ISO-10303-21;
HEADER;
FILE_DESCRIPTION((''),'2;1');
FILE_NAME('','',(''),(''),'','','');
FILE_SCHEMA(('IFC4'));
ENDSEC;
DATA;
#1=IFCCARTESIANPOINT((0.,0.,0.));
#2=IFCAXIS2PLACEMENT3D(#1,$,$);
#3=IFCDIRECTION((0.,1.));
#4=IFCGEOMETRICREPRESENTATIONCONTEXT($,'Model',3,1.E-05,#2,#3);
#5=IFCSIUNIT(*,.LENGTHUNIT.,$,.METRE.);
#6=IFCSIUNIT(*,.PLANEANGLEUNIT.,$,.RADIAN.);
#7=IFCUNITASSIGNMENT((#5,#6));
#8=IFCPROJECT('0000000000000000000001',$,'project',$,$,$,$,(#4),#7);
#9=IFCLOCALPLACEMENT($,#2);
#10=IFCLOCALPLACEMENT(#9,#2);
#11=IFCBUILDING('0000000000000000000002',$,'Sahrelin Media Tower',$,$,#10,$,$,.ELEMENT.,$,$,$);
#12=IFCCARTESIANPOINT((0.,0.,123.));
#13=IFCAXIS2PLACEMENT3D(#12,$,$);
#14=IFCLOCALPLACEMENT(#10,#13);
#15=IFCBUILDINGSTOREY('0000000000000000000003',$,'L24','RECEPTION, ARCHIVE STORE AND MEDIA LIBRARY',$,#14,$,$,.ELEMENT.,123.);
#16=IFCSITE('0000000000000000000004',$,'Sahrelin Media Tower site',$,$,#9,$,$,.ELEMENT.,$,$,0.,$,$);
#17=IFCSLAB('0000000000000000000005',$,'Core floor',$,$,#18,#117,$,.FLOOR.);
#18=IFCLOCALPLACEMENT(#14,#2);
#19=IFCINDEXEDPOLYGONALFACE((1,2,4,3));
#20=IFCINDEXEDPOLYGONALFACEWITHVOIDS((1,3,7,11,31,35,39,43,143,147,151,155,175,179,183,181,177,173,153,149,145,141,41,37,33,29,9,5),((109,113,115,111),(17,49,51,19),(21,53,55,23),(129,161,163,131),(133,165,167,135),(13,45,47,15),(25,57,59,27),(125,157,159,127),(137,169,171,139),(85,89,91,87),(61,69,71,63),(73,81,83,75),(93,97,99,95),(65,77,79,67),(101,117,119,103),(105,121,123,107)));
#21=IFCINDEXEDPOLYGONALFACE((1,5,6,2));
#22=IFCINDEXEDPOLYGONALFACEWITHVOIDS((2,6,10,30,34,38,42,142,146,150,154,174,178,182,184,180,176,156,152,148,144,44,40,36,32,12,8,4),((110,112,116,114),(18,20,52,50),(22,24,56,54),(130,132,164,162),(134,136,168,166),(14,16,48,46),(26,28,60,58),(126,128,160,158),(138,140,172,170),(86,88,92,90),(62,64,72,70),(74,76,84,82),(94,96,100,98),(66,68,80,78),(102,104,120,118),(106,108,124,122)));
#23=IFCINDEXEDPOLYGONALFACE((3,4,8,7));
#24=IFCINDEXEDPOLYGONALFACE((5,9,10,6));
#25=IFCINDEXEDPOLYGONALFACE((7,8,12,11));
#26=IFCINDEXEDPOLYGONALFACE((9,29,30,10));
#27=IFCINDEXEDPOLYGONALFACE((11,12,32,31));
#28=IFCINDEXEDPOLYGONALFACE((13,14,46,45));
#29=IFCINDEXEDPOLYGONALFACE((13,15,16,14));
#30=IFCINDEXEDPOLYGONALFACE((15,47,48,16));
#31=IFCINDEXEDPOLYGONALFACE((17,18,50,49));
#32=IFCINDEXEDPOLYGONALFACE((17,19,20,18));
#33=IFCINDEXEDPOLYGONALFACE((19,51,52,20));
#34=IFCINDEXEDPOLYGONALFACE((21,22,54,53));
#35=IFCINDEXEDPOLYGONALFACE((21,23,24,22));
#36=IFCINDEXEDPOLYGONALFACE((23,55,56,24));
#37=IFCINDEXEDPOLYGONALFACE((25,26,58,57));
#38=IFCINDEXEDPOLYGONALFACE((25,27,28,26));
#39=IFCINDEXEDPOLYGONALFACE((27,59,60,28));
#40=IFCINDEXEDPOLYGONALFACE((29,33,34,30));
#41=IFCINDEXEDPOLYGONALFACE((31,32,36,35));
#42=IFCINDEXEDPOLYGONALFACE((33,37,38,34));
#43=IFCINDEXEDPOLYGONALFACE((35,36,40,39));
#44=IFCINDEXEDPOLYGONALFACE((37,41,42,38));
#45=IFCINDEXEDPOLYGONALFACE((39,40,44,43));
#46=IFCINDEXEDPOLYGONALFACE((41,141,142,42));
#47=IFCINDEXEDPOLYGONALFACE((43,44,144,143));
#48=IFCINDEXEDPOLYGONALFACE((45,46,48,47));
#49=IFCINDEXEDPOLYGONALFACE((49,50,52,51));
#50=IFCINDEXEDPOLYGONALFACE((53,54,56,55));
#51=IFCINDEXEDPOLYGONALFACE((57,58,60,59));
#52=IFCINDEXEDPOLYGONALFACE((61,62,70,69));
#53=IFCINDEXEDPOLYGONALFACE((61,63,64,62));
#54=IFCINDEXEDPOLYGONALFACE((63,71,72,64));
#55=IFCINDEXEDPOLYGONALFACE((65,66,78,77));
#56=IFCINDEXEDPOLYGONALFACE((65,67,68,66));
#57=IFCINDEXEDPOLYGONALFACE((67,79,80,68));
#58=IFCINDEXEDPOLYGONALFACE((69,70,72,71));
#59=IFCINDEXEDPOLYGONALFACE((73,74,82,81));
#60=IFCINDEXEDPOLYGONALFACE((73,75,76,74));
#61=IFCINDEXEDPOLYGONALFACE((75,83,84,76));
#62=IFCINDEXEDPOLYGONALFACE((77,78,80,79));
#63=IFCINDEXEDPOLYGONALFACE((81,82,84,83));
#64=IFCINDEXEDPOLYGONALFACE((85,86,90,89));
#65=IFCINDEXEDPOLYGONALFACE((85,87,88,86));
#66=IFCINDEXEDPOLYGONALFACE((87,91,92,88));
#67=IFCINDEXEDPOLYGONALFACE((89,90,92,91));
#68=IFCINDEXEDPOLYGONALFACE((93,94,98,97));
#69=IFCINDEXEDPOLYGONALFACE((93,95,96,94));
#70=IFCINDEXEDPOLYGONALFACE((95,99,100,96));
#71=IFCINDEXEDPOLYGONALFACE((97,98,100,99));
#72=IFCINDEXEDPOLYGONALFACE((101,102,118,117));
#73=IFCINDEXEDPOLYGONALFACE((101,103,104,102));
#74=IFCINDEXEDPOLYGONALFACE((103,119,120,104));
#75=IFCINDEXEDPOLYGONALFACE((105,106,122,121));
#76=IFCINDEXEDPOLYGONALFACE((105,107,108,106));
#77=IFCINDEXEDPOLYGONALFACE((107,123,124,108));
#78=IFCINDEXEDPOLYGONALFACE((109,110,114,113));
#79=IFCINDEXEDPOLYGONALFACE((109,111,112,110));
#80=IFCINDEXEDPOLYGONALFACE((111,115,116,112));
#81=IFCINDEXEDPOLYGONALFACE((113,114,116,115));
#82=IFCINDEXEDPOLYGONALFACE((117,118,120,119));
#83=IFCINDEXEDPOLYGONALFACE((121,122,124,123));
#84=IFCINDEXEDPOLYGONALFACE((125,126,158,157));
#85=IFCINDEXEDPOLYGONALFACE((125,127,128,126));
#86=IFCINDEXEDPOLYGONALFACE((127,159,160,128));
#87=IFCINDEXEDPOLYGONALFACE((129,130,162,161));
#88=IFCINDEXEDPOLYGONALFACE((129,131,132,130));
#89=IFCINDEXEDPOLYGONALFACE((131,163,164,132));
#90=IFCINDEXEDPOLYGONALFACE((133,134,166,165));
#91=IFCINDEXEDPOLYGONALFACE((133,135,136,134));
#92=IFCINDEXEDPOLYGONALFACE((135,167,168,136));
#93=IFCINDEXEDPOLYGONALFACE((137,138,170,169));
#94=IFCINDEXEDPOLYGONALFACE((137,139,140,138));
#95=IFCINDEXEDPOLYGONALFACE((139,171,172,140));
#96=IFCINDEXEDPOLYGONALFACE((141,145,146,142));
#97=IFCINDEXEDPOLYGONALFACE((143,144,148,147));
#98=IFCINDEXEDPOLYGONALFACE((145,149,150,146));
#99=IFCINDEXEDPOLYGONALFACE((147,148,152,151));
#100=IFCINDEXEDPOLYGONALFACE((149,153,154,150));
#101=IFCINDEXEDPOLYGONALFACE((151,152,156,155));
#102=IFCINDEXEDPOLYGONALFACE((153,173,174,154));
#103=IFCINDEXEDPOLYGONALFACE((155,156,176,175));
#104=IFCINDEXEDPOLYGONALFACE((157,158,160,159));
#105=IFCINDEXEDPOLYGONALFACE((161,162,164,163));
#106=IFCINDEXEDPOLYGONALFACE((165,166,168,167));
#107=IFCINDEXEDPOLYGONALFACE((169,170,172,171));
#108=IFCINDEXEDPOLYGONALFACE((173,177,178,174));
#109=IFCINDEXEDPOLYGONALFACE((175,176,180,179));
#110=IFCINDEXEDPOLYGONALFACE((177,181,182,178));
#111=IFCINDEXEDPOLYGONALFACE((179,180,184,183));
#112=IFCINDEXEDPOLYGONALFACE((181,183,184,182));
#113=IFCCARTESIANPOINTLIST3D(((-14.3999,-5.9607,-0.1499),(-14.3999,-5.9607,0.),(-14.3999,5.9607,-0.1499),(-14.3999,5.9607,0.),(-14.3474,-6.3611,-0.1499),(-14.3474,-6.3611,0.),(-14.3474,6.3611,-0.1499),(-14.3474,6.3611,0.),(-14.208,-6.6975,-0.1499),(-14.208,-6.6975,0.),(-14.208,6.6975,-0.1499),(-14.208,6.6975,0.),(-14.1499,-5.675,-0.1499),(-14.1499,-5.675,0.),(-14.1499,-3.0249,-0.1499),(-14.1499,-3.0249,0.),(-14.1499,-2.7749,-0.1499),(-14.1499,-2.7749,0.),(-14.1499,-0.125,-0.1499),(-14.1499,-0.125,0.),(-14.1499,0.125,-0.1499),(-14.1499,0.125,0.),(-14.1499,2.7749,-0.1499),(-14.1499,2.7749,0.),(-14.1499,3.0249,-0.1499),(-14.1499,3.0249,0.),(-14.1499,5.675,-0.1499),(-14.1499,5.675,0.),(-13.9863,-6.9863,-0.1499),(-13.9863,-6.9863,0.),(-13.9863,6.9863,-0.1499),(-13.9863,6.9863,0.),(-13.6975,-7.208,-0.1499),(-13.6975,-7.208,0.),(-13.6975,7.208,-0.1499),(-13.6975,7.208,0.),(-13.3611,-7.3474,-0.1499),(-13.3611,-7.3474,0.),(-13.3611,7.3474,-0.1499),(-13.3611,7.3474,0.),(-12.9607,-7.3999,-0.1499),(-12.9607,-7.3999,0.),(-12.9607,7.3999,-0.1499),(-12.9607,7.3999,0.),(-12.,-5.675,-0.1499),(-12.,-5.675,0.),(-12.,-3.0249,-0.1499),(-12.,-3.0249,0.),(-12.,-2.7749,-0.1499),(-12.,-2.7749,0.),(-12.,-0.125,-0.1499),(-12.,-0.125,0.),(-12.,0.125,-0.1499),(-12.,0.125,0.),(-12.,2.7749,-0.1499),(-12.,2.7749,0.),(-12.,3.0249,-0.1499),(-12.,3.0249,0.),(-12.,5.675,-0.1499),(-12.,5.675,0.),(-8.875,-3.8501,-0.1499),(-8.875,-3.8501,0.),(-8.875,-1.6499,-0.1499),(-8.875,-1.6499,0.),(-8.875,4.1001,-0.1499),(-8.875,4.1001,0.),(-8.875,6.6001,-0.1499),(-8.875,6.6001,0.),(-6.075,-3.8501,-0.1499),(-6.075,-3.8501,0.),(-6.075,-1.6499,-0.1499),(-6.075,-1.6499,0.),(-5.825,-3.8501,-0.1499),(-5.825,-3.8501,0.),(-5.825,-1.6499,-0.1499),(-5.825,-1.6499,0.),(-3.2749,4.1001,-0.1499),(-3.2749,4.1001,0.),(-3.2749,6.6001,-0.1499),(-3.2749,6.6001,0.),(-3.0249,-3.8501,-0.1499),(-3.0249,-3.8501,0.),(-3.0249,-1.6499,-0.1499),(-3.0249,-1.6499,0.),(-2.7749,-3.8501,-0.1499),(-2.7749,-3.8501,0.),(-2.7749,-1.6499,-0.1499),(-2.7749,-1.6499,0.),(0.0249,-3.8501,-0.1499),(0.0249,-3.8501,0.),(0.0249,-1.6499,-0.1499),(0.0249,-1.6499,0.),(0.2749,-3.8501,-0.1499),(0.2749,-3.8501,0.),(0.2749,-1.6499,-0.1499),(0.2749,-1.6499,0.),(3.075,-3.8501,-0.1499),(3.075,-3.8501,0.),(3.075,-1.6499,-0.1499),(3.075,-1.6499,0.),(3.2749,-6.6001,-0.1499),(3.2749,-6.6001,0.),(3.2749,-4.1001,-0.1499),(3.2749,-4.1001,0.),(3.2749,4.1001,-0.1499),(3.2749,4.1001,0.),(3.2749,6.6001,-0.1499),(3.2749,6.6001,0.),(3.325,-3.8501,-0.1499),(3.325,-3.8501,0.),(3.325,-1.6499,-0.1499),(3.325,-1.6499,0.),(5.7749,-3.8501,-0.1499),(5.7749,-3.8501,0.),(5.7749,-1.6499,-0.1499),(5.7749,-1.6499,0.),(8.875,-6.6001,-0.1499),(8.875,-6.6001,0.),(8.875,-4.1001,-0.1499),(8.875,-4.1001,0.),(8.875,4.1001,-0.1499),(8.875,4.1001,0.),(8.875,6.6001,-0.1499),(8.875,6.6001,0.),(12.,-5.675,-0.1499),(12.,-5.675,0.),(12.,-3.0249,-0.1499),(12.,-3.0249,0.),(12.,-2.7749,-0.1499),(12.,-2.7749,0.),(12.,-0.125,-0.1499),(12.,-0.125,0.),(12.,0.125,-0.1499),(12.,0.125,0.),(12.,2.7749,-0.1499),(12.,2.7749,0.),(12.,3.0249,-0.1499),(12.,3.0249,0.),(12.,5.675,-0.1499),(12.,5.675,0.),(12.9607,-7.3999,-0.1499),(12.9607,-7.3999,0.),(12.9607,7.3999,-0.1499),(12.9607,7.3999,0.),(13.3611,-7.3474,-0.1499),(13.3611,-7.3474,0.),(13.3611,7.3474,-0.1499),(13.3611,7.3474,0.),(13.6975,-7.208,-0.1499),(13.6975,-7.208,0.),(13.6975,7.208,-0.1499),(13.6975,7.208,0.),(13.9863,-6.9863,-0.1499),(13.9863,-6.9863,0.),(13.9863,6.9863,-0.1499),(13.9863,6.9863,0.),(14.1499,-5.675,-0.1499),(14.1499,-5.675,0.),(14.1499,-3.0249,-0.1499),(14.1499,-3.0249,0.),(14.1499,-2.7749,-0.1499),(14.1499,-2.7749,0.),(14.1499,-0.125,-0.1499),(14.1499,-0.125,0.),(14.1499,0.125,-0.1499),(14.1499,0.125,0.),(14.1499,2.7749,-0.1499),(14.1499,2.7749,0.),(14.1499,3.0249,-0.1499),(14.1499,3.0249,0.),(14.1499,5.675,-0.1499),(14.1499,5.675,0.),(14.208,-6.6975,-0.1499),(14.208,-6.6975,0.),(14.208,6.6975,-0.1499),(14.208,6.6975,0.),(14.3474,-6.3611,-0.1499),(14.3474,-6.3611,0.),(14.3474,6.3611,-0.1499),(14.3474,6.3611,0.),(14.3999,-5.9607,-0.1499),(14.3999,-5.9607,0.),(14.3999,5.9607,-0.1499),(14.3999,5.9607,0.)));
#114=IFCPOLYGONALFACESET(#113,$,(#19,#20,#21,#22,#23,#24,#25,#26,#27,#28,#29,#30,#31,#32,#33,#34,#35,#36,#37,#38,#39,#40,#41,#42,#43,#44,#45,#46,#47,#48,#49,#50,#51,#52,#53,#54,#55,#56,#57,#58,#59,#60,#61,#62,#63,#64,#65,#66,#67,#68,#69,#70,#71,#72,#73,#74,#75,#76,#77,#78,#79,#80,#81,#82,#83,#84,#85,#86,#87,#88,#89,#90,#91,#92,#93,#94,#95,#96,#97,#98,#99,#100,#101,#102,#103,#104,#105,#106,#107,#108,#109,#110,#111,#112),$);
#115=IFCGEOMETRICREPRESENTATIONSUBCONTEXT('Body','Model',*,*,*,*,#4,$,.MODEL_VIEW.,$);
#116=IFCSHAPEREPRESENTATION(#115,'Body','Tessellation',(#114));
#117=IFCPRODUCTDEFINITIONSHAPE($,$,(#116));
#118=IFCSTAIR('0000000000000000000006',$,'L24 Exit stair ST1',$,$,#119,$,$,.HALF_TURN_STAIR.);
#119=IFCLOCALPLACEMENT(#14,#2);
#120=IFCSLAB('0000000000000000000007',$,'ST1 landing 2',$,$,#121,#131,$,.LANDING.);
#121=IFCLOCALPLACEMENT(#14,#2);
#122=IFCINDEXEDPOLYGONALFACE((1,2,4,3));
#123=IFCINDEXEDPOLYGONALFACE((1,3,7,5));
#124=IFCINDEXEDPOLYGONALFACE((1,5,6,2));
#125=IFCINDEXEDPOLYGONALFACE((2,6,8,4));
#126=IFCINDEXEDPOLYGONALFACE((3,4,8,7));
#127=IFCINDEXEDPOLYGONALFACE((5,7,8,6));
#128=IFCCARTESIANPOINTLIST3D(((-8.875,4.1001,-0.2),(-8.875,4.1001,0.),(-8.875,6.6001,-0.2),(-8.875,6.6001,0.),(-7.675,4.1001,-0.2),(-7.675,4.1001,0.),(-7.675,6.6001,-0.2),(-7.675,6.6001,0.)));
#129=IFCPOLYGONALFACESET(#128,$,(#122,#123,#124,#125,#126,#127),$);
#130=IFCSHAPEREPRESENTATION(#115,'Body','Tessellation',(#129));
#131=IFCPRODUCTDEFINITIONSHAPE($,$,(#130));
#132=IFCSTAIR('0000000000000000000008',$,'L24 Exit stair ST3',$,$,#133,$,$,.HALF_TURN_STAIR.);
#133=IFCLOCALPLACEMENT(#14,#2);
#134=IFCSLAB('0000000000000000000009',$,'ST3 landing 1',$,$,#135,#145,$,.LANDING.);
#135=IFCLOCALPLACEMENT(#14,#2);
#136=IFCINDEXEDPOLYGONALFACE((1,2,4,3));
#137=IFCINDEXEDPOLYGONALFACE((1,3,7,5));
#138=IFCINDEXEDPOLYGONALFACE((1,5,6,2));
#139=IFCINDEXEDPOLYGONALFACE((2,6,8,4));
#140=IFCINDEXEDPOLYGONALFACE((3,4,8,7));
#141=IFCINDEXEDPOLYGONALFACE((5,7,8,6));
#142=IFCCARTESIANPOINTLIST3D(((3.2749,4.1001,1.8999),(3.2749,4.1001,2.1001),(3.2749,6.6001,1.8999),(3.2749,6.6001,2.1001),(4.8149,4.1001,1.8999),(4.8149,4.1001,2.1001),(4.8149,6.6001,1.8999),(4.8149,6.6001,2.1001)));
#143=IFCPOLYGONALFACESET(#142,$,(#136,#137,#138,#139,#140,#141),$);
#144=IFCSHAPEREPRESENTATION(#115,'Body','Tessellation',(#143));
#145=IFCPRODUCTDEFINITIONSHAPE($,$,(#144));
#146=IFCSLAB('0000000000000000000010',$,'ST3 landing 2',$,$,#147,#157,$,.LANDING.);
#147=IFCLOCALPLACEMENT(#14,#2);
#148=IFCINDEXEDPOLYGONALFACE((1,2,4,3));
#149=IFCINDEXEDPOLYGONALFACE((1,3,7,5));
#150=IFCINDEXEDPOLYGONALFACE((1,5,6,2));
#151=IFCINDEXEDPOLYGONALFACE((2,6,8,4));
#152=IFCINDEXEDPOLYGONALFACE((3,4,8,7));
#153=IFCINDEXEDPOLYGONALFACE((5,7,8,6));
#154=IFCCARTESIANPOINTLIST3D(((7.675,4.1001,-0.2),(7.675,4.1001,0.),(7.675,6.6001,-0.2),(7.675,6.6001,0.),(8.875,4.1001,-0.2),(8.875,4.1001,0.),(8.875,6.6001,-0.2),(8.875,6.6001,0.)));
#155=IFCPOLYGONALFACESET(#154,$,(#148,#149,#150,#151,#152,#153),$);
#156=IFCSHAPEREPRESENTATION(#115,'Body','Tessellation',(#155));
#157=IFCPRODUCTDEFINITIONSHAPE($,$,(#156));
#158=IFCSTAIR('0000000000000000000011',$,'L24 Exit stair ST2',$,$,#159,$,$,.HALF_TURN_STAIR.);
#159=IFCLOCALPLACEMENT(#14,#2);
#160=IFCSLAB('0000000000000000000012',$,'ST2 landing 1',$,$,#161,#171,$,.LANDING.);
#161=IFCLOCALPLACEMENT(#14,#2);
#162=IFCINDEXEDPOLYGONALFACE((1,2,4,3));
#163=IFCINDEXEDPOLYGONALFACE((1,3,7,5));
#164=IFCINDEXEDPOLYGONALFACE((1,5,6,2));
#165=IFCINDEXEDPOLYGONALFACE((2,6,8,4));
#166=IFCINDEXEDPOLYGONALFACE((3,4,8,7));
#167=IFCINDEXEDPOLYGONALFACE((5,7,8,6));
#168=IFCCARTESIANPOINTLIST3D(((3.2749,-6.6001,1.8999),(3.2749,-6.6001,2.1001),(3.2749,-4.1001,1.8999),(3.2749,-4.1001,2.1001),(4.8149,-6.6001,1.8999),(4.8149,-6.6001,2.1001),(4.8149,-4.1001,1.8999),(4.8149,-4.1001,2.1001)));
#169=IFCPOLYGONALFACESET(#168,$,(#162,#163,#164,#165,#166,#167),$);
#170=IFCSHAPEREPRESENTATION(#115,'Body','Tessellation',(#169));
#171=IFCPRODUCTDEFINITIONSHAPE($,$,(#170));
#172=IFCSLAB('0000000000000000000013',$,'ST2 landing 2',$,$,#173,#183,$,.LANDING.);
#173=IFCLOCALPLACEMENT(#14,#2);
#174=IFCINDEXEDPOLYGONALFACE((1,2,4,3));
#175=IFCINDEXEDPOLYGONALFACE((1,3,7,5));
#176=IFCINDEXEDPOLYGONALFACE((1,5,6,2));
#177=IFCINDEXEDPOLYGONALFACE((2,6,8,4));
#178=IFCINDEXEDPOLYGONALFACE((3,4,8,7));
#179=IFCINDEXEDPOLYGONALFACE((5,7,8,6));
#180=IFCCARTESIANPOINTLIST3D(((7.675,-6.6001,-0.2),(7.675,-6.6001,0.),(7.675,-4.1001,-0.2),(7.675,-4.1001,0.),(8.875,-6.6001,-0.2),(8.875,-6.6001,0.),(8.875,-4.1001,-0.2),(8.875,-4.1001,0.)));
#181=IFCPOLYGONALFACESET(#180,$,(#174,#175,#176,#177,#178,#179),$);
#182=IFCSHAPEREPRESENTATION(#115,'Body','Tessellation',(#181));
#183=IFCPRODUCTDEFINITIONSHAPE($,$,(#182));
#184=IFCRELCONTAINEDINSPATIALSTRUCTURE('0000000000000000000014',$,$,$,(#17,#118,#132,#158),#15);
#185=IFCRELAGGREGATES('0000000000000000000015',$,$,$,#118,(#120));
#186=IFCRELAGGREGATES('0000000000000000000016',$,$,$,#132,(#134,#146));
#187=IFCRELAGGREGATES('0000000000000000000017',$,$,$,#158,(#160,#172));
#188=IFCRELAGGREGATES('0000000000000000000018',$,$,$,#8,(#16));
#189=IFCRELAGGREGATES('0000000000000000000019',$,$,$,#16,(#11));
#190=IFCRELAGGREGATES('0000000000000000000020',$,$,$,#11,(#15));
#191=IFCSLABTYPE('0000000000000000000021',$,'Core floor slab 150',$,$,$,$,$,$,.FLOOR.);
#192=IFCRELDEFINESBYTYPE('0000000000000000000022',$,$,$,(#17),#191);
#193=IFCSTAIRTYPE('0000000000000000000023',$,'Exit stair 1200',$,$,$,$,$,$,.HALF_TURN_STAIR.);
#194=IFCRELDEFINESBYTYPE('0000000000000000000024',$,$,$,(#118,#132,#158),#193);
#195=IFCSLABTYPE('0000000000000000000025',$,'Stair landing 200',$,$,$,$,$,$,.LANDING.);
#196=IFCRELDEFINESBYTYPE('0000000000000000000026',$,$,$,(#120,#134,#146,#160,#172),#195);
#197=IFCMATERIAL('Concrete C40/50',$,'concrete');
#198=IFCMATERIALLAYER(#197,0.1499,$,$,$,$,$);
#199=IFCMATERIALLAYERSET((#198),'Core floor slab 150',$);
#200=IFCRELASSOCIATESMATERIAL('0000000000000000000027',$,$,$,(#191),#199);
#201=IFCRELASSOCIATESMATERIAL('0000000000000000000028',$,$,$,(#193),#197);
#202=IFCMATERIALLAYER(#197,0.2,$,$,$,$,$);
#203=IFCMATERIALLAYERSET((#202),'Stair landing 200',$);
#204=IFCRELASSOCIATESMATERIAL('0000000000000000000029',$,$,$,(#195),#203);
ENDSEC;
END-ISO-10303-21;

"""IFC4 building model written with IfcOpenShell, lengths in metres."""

from ifc_helpers import new_model, si_unit, direction, frame, origin, place, context, subcontext, project, spatial, polyline, outline, extrude, material, layer, layer_set, type_object, element, aggregate, save


model = new_model("IFC4")

# Units and contexts
model_context = context("Model", 3, precision=1e-05, world=origin(), true_north=direction((0.0, 1.0)))
body_context = subcontext(model_context, "Body", "Model", "MODEL_VIEW")
ifc_project = project(units=[si_unit("LENGTHUNIT", "METRE"), si_unit("PLANEANGLEUNIT", "RADIAN")], contexts=[model_context])

# Site, building, storey
site_placement = place(None, origin())
site = spatial("IfcSite", under=ifc_project, at=site_placement, Name="Sahrelin Media Tower site", CompositionType="ELEMENT", RefElevation=0.0)
building_placement = place(site_placement, origin())
building = spatial("IfcBuilding", under=site, at=building_placement, Name="Sahrelin Media Tower", CompositionType="ELEMENT")
storey_placement = place(building_placement, frame((0.0, 0.0, 123.0)))
storey = spatial("IfcBuildingStorey", under=building, at=storey_placement, Name="L24", Description="RECEPTION, ARCHIVE STORE AND MEDIA LIBRARY", CompositionType="ELEMENT", Elevation=123.0)

# Slab
ifc_material_1 = material(Name="Concrete C40/50", Category="concrete")
ifc_layer_1 = layer(ifc_material_1, 0.1499)
ifc_layer_set_1 = layer_set([ifc_layer_1], Name="Core floor slab 150")
slab_type_1 = type_object("IfcSlabType", Name="Core floor slab 150", PredefinedType="FLOOR", material=ifc_layer_set_1)
slab_1_placement = place(storey_placement, frame((0.0, 0.0, -0.1499)))
element("IfcSlab", 1, at=slab_1_placement, inside=storey, type_object=slab_type_1, Name="Core floor", PredefinedType="FLOOR", context=body_context, shape_type="SweptSolid", body=[
    extrude(outline(polyline([(-14.3474, 6.3611), (-14.3999, 5.9607), (-14.3999, -5.9607), (-14.3474, -6.3611), (-14.208, -6.6975), (-13.9863, -6.9863), (-13.6975, -7.208), (-13.3611, -7.3474), (-12.9607, -7.3999), (12.9607, -7.3999), (13.3611, -7.3474), (13.6975, -7.208), (13.9863, -6.9863), (14.208, -6.6975), (14.3474, -6.3611), (14.3999, -5.9607), (14.3999, 5.9607), (14.3474, 6.3611), (14.208, 6.6975), (13.9863, 6.9863), (13.6975, 7.208), (13.3611, 7.3474), (12.9607, 7.3999), (-12.9607, 7.3999), (-13.3611, 7.3474), (-13.6975, 7.208), (-13.9863, 6.9863), (-14.208, 6.6975), (-14.3474, 6.3611)]), holes=[polyline([(-12.0, 3.0249), (-12.0, 5.675), (-14.1499, 5.675), (-14.1499, 3.0249), (-12.0, 3.0249)]), polyline([(-14.1499, 0.125), (-12.0, 0.125), (-12.0, 2.7749), (-14.1499, 2.7749), (-14.1499, 0.125)]), polyline([(-14.1499, -0.125), (-14.1499, -2.7749), (-12.0, -2.7749), (-12.0, -0.125), (-14.1499, -0.125)]), polyline([(-12.0, -3.0249), (-14.1499, -3.0249), (-14.1499, -5.675), (-12.0, -5.675), (-12.0, -3.0249)]), polyline([(14.1499, 3.0249), (14.1499, 5.675), (12.0, 5.675), (12.0, 3.0249), (14.1499, 3.0249)]), polyline([(12.0, 0.125), (14.1499, 0.125), (14.1499, 2.7749), (12.0, 2.7749), (12.0, 0.125)]), polyline([(12.0, -0.125), (12.0, -2.7749), (14.1499, -2.7749), (14.1499, -0.125), (12.0, -0.125)]), polyline([(14.1499, -3.0249), (12.0, -3.0249), (12.0, -5.675), (14.1499, -5.675), (14.1499, -3.0249)]), polyline([(-6.075, -3.8501), (-6.075, -1.6499), (-8.875, -1.6499), (-8.875, -3.8501), (-6.075, -3.8501)]), polyline([(-5.825, -3.8501), (-3.0249, -3.8501), (-3.0249, -1.6499), (-5.825, -1.6499), (-5.825, -3.8501)]), polyline([(-2.7749, -1.6499), (-2.7749, -3.8501), (0.0249, -3.8501), (0.0249, -1.6499), (-2.7749, -1.6499)]), polyline([(3.075, -1.6499), (0.2749, -1.6499), (0.2749, -3.8501), (3.075, -3.8501), (3.075, -1.6499)]), polyline([(5.7749, -3.8501), (5.7749, -1.6499), (3.325, -1.6499), (3.325, -3.8501), (5.7749, -3.8501)]), polyline([(-8.875, 6.6001), (-8.875, 4.1001), (-3.2749, 4.1001), (-3.2749, 6.6001), (-8.875, 6.6001)]), polyline([(3.2749, 4.1001), (8.875, 4.1001), (8.875, 6.6001), (3.2749, 6.6001), (3.2749, 4.1001)]), polyline([(3.2749, -4.1001), (3.2749, -6.6001), (8.875, -6.6001), (8.875, -4.1001), (3.2749, -4.1001)])]), origin(), (0.0, 0.0, 1.0), 0.1499),
])

# Stair, slab
stair_type = type_object("IfcStairType", Name="Exit stair 1200", PredefinedType="HALF_TURN_STAIR", material=ifc_material_1)
placement_1 = place(storey_placement, origin())
stair_1 = element("IfcStair", 2, at=placement_1, inside=storey, type_object=stair_type, Name="L24 Exit stair ST1", PredefinedType="HALF_TURN_STAIR")
ifc_layer_2 = layer(ifc_material_1, 0.2)
ifc_layer_set_2 = layer_set([ifc_layer_2], Name="Stair landing 200")
slab_type_2 = type_object("IfcSlabType", Name="Stair landing 200", PredefinedType="LANDING", material=ifc_layer_set_2)
placement_2 = place(storey_placement, frame((0.0, 0.0, -0.2)))
slab_2 = element("IfcSlab", 3, at=placement_2, type_object=slab_type_2, Name="ST1 landing 2", PredefinedType="LANDING", context=body_context, shape_type="SweptSolid", body=[
    extrude(outline(polyline([(-8.875, 4.1001), (-7.675, 4.1001), (-7.675, 6.6001), (-8.875, 6.6001), (-8.875, 4.1001)])), origin(), (0.0, 0.0, 1.0), 0.2),
])
aggregate(stair_1, [slab_2])

# Stairs, slabs
stair_2 = element("IfcStair", 4, at=placement_1, inside=storey, type_object=stair_type, Name="L24 Exit stair ST3", PredefinedType="HALF_TURN_STAIR")
placement_3 = place(storey_placement, frame((0.0, 0.0, 1.8999)))
slab_3 = element("IfcSlab", 5, at=placement_3, type_object=slab_type_2, Name="ST3 landing 1", PredefinedType="LANDING", context=body_context, shape_type="SweptSolid", body=[
    extrude(outline(polyline([(4.8149, 6.6001), (3.2749, 6.6001), (3.2749, 4.1001), (4.8149, 4.1001), (4.8149, 6.6001)])), origin(), (0.0, 0.0, 1.0), 0.2002),
])
slab_4 = element("IfcSlab", 6, at=placement_2, type_object=slab_type_2, Name="ST3 landing 2", PredefinedType="LANDING", context=body_context, shape_type="SweptSolid", body=[
    extrude(outline(polyline([(8.875, 6.6001), (7.675, 6.6001), (7.675, 4.1001), (8.875, 4.1001), (8.875, 6.6001)])), origin(), (0.0, 0.0, 1.0), 0.2),
])
aggregate(stair_2, [slab_3, slab_4])
stair_3 = element("IfcStair", 7, at=placement_1, inside=storey, type_object=stair_type, Name="L24 Exit stair ST2", PredefinedType="HALF_TURN_STAIR")
slab_5 = element("IfcSlab", 8, at=placement_3, type_object=slab_type_2, Name="ST2 landing 1", PredefinedType="LANDING", context=body_context, shape_type="SweptSolid", body=[
    extrude(outline(polyline([(4.8149, -4.1001), (3.2749, -4.1001), (3.2749, -6.6001), (4.8149, -6.6001), (4.8149, -4.1001)])), origin(), (0.0, 0.0, 1.0), 0.2002),
])
slab_6 = element("IfcSlab", 9, at=placement_2, type_object=slab_type_2, Name="ST2 landing 2", PredefinedType="LANDING", context=body_context, shape_type="SweptSolid", body=[
    extrude(outline(polyline([(8.875, -4.1001), (7.675, -4.1001), (7.675, -6.6001), (8.875, -6.6001), (8.875, -4.1001)])), origin(), (0.0, 0.0, 1.0), 0.2),
])
aggregate(stair_3, [slab_5, slab_6])

save(model, "model.ifc")
